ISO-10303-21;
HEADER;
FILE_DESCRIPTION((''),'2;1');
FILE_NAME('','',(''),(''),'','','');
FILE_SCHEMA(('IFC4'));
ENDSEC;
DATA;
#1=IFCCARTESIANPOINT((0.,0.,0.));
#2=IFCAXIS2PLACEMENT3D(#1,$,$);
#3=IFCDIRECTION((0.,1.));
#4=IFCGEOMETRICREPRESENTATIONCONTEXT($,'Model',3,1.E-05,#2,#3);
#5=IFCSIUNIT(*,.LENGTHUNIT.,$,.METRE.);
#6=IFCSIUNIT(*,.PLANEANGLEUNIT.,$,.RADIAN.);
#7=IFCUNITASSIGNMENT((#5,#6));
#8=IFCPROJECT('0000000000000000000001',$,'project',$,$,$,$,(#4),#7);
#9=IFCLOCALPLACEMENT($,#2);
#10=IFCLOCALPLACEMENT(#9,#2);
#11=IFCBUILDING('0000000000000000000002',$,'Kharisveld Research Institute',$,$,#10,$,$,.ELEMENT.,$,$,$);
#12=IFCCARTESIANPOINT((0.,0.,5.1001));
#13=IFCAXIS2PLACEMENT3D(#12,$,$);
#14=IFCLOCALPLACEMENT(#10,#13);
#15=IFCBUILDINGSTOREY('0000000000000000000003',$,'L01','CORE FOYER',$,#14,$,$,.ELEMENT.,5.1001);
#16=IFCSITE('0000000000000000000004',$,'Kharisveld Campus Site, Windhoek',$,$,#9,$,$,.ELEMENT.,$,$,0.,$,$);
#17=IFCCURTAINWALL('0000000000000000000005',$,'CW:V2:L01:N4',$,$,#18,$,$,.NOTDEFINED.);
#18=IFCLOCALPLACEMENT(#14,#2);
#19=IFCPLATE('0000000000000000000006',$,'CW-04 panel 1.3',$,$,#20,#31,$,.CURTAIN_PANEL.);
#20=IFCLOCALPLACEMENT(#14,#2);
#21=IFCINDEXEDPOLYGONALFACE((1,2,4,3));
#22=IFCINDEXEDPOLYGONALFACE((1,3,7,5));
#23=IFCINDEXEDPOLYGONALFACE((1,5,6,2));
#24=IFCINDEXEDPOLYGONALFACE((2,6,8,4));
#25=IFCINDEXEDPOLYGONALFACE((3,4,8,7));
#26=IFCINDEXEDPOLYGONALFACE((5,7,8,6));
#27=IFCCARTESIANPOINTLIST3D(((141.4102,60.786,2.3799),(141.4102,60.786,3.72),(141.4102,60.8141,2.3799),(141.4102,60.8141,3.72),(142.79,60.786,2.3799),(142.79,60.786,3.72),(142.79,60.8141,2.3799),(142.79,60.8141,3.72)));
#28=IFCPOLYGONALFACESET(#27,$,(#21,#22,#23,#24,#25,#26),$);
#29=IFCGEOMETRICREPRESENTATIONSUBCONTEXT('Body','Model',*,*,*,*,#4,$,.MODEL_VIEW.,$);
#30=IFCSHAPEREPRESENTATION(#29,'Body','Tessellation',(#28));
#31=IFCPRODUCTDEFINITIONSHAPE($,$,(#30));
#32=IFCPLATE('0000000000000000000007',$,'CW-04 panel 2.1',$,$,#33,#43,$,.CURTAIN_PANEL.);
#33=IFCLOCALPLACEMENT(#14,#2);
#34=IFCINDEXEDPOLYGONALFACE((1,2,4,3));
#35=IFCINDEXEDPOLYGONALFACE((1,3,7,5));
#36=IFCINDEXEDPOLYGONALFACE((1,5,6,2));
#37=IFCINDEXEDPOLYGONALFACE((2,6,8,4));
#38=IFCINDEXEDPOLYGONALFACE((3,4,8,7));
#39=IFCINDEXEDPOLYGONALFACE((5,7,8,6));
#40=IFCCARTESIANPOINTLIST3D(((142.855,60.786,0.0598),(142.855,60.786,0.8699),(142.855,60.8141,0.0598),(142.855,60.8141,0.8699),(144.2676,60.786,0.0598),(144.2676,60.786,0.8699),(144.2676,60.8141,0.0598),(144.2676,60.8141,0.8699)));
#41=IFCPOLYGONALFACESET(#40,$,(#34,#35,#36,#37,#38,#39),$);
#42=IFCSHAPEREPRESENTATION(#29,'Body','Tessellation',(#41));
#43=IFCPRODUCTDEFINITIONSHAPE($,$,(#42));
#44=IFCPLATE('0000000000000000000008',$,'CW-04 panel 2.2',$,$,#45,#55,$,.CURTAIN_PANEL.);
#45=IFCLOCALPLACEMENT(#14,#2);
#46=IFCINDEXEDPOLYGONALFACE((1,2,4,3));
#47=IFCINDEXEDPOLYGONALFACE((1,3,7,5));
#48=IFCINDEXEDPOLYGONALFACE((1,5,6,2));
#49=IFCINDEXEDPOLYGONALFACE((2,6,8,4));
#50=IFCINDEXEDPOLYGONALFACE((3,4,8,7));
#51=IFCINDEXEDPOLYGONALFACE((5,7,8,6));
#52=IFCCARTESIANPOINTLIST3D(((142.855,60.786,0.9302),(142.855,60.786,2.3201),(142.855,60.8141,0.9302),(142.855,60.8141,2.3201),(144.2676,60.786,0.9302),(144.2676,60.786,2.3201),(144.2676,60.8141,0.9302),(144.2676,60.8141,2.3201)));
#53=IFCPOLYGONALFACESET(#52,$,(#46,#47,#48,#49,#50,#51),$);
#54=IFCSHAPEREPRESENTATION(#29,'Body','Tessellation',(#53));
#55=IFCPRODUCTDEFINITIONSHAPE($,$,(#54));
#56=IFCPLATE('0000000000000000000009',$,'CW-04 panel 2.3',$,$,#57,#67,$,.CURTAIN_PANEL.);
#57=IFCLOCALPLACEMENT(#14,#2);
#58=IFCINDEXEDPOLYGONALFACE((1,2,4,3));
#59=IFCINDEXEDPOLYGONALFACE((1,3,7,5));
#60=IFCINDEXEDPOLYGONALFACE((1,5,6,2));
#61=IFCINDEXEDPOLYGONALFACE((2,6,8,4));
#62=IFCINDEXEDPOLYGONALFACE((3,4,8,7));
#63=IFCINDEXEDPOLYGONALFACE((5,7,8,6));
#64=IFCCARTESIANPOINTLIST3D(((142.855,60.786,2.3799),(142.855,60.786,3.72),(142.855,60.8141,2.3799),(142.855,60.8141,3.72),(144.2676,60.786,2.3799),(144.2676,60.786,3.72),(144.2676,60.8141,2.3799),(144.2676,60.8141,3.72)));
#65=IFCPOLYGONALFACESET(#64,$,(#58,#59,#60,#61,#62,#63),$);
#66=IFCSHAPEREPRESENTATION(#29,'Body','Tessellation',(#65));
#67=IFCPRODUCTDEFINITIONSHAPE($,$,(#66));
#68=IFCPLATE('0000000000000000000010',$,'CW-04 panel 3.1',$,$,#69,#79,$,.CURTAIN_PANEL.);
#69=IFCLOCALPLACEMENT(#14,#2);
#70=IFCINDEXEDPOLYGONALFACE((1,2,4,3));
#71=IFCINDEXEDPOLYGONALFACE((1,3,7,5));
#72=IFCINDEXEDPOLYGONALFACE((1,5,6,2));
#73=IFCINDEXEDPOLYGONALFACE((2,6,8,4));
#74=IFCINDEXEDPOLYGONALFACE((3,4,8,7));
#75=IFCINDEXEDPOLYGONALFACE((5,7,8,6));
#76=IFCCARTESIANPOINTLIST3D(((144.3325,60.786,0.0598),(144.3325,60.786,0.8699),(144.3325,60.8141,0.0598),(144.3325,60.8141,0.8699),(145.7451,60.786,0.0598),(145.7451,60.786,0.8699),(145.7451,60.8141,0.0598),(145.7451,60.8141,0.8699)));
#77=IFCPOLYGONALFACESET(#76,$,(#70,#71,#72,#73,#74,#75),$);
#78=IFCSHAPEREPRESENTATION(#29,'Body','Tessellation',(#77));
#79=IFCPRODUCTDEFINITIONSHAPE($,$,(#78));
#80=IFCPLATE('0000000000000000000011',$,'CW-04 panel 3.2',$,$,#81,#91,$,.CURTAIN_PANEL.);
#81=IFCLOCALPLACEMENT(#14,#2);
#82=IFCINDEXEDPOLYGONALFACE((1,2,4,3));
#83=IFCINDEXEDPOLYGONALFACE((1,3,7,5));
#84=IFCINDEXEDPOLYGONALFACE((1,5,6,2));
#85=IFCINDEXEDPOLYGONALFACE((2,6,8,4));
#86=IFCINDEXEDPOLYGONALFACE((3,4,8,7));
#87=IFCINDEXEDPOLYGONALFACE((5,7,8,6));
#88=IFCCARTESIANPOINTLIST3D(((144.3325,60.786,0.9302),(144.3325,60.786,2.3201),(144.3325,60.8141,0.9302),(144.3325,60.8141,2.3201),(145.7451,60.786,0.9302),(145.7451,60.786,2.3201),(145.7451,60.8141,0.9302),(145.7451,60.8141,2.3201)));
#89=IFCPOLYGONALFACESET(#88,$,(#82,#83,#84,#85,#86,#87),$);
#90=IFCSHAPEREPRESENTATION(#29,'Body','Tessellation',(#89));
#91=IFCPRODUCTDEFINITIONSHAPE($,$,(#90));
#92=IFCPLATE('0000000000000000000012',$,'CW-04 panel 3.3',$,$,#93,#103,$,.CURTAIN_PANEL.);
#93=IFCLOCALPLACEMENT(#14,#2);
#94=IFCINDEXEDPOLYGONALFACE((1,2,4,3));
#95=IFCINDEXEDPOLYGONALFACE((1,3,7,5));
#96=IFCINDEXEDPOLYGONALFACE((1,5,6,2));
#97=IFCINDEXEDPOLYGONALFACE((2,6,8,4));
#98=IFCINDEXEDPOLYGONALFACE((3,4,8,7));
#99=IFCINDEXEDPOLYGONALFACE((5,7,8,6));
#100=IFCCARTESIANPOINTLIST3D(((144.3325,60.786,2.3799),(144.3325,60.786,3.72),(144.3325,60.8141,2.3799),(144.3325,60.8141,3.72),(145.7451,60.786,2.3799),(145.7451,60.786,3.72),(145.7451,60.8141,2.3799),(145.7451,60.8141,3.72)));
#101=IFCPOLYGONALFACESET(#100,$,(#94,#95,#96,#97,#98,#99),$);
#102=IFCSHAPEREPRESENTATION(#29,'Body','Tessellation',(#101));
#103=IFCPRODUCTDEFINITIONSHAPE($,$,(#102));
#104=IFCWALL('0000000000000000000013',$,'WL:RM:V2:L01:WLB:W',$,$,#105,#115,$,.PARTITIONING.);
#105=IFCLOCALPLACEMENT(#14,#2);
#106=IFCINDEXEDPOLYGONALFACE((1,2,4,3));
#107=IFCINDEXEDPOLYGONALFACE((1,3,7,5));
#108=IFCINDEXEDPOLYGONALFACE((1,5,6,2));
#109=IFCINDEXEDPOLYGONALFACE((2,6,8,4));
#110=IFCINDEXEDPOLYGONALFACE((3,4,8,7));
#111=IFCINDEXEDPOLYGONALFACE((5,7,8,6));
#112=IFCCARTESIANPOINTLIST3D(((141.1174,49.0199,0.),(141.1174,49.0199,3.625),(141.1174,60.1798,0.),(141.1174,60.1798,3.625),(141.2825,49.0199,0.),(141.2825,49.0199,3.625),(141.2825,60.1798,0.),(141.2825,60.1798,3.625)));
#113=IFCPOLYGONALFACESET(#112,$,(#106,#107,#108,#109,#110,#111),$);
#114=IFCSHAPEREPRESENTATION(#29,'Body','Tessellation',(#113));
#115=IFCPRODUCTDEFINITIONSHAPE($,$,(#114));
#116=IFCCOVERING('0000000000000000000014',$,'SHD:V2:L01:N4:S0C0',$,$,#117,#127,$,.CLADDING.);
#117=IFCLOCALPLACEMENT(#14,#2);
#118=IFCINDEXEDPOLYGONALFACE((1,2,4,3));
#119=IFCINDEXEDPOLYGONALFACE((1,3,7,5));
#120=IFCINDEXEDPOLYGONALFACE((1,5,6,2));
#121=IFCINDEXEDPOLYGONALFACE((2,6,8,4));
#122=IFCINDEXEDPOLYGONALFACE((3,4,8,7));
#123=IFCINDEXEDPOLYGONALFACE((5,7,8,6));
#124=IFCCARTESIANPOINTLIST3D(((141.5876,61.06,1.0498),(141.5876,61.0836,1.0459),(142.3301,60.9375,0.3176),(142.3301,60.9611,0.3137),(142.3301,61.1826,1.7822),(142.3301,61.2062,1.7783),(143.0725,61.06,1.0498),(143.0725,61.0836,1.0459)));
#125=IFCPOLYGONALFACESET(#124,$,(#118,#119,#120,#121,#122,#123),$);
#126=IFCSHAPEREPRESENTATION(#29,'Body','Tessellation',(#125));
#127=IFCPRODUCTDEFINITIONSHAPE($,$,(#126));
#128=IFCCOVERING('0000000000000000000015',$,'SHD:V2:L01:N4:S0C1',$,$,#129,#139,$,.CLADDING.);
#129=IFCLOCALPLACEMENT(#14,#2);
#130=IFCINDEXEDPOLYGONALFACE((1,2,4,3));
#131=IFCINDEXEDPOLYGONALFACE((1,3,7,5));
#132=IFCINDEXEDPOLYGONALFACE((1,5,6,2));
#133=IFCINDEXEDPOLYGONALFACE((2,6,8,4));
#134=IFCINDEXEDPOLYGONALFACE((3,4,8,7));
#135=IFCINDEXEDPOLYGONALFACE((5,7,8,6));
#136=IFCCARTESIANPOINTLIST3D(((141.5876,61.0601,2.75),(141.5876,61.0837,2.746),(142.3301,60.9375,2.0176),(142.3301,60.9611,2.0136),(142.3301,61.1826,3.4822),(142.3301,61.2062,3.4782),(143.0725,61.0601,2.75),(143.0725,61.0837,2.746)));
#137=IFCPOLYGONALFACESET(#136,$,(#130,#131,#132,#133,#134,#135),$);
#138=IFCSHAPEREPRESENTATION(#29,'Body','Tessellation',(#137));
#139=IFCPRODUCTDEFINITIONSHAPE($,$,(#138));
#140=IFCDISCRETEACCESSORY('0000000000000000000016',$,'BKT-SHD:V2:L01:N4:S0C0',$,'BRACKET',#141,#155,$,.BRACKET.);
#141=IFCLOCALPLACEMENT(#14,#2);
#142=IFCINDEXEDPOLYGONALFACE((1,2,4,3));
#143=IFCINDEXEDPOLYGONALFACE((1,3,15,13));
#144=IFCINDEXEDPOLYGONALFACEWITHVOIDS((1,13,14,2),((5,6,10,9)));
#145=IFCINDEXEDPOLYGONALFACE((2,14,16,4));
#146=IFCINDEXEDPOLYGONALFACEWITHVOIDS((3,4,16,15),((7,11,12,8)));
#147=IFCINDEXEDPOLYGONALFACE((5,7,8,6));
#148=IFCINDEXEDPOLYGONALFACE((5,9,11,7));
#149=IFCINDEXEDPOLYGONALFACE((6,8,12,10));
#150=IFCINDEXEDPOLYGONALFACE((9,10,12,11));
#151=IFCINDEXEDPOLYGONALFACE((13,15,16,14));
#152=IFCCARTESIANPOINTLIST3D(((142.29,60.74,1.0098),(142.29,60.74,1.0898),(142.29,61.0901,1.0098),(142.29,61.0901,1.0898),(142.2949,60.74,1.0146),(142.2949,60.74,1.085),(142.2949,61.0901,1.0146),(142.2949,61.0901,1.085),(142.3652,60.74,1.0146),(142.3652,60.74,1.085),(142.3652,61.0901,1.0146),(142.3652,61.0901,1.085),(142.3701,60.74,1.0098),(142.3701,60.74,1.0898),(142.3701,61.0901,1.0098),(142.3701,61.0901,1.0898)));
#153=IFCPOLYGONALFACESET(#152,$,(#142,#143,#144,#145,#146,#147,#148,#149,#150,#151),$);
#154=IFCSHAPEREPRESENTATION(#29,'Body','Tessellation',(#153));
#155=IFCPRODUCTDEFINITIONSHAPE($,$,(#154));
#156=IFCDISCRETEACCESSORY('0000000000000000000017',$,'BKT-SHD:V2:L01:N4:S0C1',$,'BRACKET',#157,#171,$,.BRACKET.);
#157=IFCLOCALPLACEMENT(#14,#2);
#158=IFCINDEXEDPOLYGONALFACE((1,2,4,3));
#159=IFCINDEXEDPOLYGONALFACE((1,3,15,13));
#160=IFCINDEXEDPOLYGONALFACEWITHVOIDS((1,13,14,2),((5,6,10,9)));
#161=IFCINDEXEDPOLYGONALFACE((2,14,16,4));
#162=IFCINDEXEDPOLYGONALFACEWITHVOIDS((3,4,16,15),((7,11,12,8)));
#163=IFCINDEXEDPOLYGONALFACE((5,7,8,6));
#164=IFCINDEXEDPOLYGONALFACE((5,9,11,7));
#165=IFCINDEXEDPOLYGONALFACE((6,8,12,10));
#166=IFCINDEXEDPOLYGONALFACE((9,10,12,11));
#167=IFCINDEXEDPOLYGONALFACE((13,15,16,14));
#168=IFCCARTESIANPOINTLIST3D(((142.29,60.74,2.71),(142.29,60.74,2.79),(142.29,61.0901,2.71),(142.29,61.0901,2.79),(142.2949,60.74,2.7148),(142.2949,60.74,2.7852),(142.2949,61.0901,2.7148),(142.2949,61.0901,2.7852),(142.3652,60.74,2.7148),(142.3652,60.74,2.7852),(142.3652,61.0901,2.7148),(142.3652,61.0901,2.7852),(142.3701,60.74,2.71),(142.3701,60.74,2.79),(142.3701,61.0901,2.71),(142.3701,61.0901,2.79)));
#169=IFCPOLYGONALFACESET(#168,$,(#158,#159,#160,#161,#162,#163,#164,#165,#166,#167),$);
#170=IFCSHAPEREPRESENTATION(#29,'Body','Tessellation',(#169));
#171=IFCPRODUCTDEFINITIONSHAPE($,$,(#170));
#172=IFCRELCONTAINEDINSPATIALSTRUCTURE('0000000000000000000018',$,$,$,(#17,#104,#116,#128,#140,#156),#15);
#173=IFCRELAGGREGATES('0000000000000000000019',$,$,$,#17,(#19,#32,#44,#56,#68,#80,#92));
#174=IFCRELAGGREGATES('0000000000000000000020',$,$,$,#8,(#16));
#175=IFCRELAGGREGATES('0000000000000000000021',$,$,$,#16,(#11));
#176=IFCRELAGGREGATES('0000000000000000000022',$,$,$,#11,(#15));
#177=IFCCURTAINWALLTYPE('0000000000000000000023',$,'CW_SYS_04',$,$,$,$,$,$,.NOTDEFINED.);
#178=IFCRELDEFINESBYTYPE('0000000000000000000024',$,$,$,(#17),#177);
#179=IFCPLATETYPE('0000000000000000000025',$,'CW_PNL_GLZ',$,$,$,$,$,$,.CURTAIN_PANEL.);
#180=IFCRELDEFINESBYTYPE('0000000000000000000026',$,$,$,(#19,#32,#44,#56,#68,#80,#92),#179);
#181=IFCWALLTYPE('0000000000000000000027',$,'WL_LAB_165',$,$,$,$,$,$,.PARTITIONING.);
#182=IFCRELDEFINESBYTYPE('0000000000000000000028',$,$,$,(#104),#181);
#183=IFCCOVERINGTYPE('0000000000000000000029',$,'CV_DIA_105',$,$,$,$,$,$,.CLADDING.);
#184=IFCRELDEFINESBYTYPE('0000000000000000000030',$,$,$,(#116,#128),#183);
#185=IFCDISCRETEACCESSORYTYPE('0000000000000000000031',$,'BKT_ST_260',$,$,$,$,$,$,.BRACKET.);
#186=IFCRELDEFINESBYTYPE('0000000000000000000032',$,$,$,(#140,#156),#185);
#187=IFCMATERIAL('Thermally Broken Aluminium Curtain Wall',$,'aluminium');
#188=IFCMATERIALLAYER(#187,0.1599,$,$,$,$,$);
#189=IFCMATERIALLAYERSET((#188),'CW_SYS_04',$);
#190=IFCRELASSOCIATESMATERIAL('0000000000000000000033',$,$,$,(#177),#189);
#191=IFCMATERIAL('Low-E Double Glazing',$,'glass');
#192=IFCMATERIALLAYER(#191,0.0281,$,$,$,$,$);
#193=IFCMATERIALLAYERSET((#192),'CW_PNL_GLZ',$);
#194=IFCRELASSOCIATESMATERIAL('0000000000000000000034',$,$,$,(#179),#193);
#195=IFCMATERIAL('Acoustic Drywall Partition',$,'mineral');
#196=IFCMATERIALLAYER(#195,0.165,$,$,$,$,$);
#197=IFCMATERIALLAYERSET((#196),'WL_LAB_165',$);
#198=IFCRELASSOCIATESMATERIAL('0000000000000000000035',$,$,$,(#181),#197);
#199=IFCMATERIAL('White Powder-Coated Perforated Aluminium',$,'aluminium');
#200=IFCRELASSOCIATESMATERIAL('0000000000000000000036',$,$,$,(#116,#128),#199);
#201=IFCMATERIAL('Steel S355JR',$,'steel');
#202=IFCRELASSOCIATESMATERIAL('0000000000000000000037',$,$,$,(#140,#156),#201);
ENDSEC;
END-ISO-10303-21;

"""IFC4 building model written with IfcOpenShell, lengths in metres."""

from ifc_helpers import new_model, si_unit, direction, frame, frame_2d, origin, origin_2d, place, context, subcontext, project, spatial, polyline, rectangle, hollow_rectangle, outline, extrude, material, layer, layer_set, type_object, element, aggregate, save


model = new_model("IFC4")

# Units and contexts
model_context = context("Model", 3, precision=1e-05, world=origin(), true_north=direction((0.0, 1.0)))
body_context = subcontext(model_context, "Body", "Model", "MODEL_VIEW")
ifc_project = project(units=[si_unit("LENGTHUNIT", "METRE"), si_unit("PLANEANGLEUNIT", "RADIAN")], contexts=[model_context])

# Site, building, storey
site_placement = place(None, origin())
site = spatial("IfcSite", under=ifc_project, at=site_placement, Name="Kharisveld Campus Site, Windhoek", CompositionType="ELEMENT", RefElevation=0.0)
building_placement = place(site_placement, origin())
building = spatial("IfcBuilding", under=site, at=building_placement, Name="Kharisveld Research Institute", CompositionType="ELEMENT")
storey_placement = place(building_placement, frame((0.0, 0.0, 5.1001)))
storey = spatial("IfcBuildingStorey", under=building, at=storey_placement, Name="L01", Description="CORE FOYER", CompositionType="ELEMENT", Elevation=5.1001)

# Curtain wall
ifc_material_1 = material(Name="Thermally Broken Aluminium Curtain Wall", Category="aluminium")
ifc_layer_1 = layer(ifc_material_1, 0.1599)
ifc_layer_set_1 = layer_set([ifc_layer_1], Name="CW_SYS_04")
curtain_wall_type = type_object("IfcCurtainWallType", Name="CW_SYS_04", PredefinedType="NOTDEFINED", material=ifc_layer_set_1)
curtain_wall_placement = place(storey_placement, origin())
curtain_wall = element("IfcCurtainWall", 1, at=curtain_wall_placement, inside=storey, type_object=curtain_wall_type, Name="CW:V2:L01:N4", PredefinedType="NOTDEFINED")

# Plates
ifc_material_2 = material(Name="Low-E Double Glazing", Category="glass")
ifc_layer_2 = layer(ifc_material_2, 0.0281)
ifc_layer_set_2 = layer_set([ifc_layer_2], Name="CW_PNL_GLZ")
plate_type = type_object("IfcPlateType", Name="CW_PNL_GLZ", PredefinedType="CURTAIN_PANEL", material=ifc_layer_set_2)
plate_1_placement = place(storey_placement, frame((142.1001, 60.8, 2.3799), z_axis=(0.0, 0.0, 1.0), x_axis=(1.0, 0.0, 0.0)))
plate_1 = element("IfcPlate", 2, at=plate_1_placement, type_object=plate_type, Name="CW-04 panel 1.3", PredefinedType="CURTAIN_PANEL", context=body_context, shape_type="SweptSolid", body=[
    extrude(rectangle(XDim=1.3799, YDim=0.0281, at=origin_2d()), origin(), (0.0, 0.0, 1.0), 1.3401),
])
plate_2_placement = place(storey_placement, frame((143.5613, 60.8, 0.0598), z_axis=(0.0, 0.0, 1.0), x_axis=(1.0, 0.0, 0.0)))
plate_2 = element("IfcPlate", 3, at=plate_2_placement, type_object=plate_type, Name="CW-04 panel 2.1", PredefinedType="CURTAIN_PANEL", context=body_context, shape_type="SweptSolid", body=[
    extrude(rectangle(XDim=1.4126, YDim=0.0281, at=origin_2d()), origin(), (0.0, 0.0, 1.0), 0.8101),
])
plate_3_placement = place(storey_placement, frame((143.5613, 60.8, 0.9302), z_axis=(0.0, 0.0, 1.0), x_axis=(1.0, 0.0, 0.0)))
plate_3 = element("IfcPlate", 4, at=plate_3_placement, type_object=plate_type, Name="CW-04 panel 2.2", PredefinedType="CURTAIN_PANEL", context=body_context, shape_type="SweptSolid", body=[
    extrude(rectangle(XDim=1.4126, YDim=0.0281, at=origin_2d()), origin(), (0.0, 0.0, 1.0), 1.3899),
])
plate_4_placement = place(storey_placement, frame((143.5613, 60.8, 2.3799), z_axis=(0.0, 0.0, 1.0), x_axis=(1.0, 0.0, 0.0)))
plate_4 = element("IfcPlate", 5, at=plate_4_placement, type_object=plate_type, Name="CW-04 panel 2.3", PredefinedType="CURTAIN_PANEL", context=body_context, shape_type="SweptSolid", body=[
    extrude(rectangle(XDim=1.4126, YDim=0.0281, at=origin_2d()), origin(), (0.0, 0.0, 1.0), 1.3401),
])
plate_5_placement = place(storey_placement, frame((145.0388, 60.8, 0.0598), z_axis=(0.0, 0.0, 1.0), x_axis=(1.0, 0.0, 0.0)))
plate_5 = element("IfcPlate", 6, at=plate_5_placement, type_object=plate_type, Name="CW-04 panel 3.1", PredefinedType="CURTAIN_PANEL", context=body_context, shape_type="SweptSolid", body=[
    extrude(rectangle(XDim=1.4126, YDim=0.0281, at=origin_2d()), origin(), (0.0, 0.0, 1.0), 0.8101),
])
plate_6_placement = place(storey_placement, frame((145.0388, 60.8, 0.9302), z_axis=(0.0, 0.0, 1.0), x_axis=(1.0, 0.0, 0.0)))
plate_6 = element("IfcPlate", 7, at=plate_6_placement, type_object=plate_type, Name="CW-04 panel 3.2", PredefinedType="CURTAIN_PANEL", context=body_context, shape_type="SweptSolid", body=[
    extrude(rectangle(XDim=1.4126, YDim=0.0281, at=origin_2d()), origin(), (0.0, 0.0, 1.0), 1.3899),
])
plate_7_placement = place(storey_placement, frame((145.0388, 60.8, 2.3799), z_axis=(0.0, 0.0, 1.0), x_axis=(1.0, 0.0, 0.0)))
plate_7 = element("IfcPlate", 8, at=plate_7_placement, type_object=plate_type, Name="CW-04 panel 3.3", PredefinedType="CURTAIN_PANEL", context=body_context, shape_type="SweptSolid", body=[
    extrude(rectangle(XDim=1.4126, YDim=0.0281, at=origin_2d()), origin(), (0.0, 0.0, 1.0), 1.3401),
])
aggregate(curtain_wall, [plate_1, plate_2, plate_3, plate_4, plate_5, plate_6, plate_7])

# Wall
ifc_material_3 = material(Name="Acoustic Drywall Partition", Category="mineral")
ifc_layer_3 = layer(ifc_material_3, 0.165)
ifc_layer_set_3 = layer_set([ifc_layer_3], Name="WL_LAB_165")
wall_type = type_object("IfcWallType", Name="WL_LAB_165", PredefinedType="PARTITIONING", material=ifc_layer_set_3)
wall_placement = place(storey_placement, frame((141.2, 60.1799, 0.0), z_axis=(0.0, 0.0, 1.0), x_axis=(0.0, -1.0, 0.0)))
element("IfcWall", 9, at=wall_placement, inside=storey, type_object=wall_type, Name="WL:RM:V2:L01:WLB:W", PredefinedType="PARTITIONING", context=body_context, shape_type="SweptSolid", body=[
    extrude(rectangle(XDim=11.1599, YDim=0.165, at=frame_2d((5.5801, 0.0))), origin(), (0.0, 0.0, 1.0), 3.625),
])

# Coverings
ifc_material_4 = material(Name="White Powder-Coated Perforated Aluminium", Category="aluminium")
covering_type = type_object("IfcCoveringType", Name="CV_DIA_105", PredefinedType="CLADDING")
covering_1_placement = place(storey_placement, frame((142.3301, 60.9375, 0.3176), z_axis=(0.0, -0.986283, 0.165065), x_axis=(0.707139, 0.116714, 0.697376)))
element("IfcCovering", 10, at=covering_1_placement, inside=storey, type_object=covering_type, material=ifc_material_4, Name="SHD:V2:L01:N4:S0C0", PredefinedType="CLADDING", context=body_context, shape_type="SweptSolid", body=[
    extrude(outline(polyline([(0.0, 0.0), (1.0499, 0.0), (1.05, 1.0501), (-0.0001, 1.0499), (0.0, 0.0)])), origin(), (0.0, 0.0, -1.0), 0.0239),
])
covering_2_placement = place(storey_placement, frame((142.3301, 60.9375, 2.0176), z_axis=(0.0, -0.986283, 0.165065), x_axis=(0.707024, 0.116733, 0.697489)))
element("IfcCovering", 11, at=covering_2_placement, inside=storey, type_object=covering_type, material=ifc_material_4, Name="SHD:V2:L01:N4:S0C1", PredefinedType="CLADDING", context=body_context, shape_type="SweptSolid", body=[
    extrude(outline(polyline([(0.0, 0.0), (1.0501, 0.0), (1.0502, 1.0499), (0.0002, 1.0501), (0.0, 0.0)])), origin(), (0.0, 0.0, -1.0), 0.0239),
])

# Discrete accessories
ifc_material_5 = material(Name="Steel S355JR", Category="steel")
discrete_accessory_type = type_object("IfcDiscreteAccessoryType", Name="BKT_ST_260", PredefinedType="BRACKET")
for number, where, z_axis, x_axis, name in (
    (12, (142.3301, 60.74, 1.0498), (0.0, 1.0, 0.0), (-1.0, 0.0, 0.0), "BKT-SHD:V2:L01:N4:S0C0"),
    (13, (142.3301, 60.74, 2.75), (0.0, 1.0, 0.0), (-1.0, 0.0, 0.0), "BKT-SHD:V2:L01:N4:S0C1"),
):
    element("IfcDiscreteAccessory", number, at=place(storey_placement, frame(where, z_axis=z_axis, x_axis=x_axis)), inside=storey, type_object=discrete_accessory_type, material=ifc_material_5, Name=name, ObjectType="BRACKET", PredefinedType="BRACKET", context=body_context, shape_type="SweptSolid", body=[
        extrude(hollow_rectangle(XDim=0.0801, YDim=0.0801, WallThickness=0.0049, at=origin_2d()), origin(), (0.0, 0.0, 1.0), 0.3501),
    ])

save(model, "model.ifc")
